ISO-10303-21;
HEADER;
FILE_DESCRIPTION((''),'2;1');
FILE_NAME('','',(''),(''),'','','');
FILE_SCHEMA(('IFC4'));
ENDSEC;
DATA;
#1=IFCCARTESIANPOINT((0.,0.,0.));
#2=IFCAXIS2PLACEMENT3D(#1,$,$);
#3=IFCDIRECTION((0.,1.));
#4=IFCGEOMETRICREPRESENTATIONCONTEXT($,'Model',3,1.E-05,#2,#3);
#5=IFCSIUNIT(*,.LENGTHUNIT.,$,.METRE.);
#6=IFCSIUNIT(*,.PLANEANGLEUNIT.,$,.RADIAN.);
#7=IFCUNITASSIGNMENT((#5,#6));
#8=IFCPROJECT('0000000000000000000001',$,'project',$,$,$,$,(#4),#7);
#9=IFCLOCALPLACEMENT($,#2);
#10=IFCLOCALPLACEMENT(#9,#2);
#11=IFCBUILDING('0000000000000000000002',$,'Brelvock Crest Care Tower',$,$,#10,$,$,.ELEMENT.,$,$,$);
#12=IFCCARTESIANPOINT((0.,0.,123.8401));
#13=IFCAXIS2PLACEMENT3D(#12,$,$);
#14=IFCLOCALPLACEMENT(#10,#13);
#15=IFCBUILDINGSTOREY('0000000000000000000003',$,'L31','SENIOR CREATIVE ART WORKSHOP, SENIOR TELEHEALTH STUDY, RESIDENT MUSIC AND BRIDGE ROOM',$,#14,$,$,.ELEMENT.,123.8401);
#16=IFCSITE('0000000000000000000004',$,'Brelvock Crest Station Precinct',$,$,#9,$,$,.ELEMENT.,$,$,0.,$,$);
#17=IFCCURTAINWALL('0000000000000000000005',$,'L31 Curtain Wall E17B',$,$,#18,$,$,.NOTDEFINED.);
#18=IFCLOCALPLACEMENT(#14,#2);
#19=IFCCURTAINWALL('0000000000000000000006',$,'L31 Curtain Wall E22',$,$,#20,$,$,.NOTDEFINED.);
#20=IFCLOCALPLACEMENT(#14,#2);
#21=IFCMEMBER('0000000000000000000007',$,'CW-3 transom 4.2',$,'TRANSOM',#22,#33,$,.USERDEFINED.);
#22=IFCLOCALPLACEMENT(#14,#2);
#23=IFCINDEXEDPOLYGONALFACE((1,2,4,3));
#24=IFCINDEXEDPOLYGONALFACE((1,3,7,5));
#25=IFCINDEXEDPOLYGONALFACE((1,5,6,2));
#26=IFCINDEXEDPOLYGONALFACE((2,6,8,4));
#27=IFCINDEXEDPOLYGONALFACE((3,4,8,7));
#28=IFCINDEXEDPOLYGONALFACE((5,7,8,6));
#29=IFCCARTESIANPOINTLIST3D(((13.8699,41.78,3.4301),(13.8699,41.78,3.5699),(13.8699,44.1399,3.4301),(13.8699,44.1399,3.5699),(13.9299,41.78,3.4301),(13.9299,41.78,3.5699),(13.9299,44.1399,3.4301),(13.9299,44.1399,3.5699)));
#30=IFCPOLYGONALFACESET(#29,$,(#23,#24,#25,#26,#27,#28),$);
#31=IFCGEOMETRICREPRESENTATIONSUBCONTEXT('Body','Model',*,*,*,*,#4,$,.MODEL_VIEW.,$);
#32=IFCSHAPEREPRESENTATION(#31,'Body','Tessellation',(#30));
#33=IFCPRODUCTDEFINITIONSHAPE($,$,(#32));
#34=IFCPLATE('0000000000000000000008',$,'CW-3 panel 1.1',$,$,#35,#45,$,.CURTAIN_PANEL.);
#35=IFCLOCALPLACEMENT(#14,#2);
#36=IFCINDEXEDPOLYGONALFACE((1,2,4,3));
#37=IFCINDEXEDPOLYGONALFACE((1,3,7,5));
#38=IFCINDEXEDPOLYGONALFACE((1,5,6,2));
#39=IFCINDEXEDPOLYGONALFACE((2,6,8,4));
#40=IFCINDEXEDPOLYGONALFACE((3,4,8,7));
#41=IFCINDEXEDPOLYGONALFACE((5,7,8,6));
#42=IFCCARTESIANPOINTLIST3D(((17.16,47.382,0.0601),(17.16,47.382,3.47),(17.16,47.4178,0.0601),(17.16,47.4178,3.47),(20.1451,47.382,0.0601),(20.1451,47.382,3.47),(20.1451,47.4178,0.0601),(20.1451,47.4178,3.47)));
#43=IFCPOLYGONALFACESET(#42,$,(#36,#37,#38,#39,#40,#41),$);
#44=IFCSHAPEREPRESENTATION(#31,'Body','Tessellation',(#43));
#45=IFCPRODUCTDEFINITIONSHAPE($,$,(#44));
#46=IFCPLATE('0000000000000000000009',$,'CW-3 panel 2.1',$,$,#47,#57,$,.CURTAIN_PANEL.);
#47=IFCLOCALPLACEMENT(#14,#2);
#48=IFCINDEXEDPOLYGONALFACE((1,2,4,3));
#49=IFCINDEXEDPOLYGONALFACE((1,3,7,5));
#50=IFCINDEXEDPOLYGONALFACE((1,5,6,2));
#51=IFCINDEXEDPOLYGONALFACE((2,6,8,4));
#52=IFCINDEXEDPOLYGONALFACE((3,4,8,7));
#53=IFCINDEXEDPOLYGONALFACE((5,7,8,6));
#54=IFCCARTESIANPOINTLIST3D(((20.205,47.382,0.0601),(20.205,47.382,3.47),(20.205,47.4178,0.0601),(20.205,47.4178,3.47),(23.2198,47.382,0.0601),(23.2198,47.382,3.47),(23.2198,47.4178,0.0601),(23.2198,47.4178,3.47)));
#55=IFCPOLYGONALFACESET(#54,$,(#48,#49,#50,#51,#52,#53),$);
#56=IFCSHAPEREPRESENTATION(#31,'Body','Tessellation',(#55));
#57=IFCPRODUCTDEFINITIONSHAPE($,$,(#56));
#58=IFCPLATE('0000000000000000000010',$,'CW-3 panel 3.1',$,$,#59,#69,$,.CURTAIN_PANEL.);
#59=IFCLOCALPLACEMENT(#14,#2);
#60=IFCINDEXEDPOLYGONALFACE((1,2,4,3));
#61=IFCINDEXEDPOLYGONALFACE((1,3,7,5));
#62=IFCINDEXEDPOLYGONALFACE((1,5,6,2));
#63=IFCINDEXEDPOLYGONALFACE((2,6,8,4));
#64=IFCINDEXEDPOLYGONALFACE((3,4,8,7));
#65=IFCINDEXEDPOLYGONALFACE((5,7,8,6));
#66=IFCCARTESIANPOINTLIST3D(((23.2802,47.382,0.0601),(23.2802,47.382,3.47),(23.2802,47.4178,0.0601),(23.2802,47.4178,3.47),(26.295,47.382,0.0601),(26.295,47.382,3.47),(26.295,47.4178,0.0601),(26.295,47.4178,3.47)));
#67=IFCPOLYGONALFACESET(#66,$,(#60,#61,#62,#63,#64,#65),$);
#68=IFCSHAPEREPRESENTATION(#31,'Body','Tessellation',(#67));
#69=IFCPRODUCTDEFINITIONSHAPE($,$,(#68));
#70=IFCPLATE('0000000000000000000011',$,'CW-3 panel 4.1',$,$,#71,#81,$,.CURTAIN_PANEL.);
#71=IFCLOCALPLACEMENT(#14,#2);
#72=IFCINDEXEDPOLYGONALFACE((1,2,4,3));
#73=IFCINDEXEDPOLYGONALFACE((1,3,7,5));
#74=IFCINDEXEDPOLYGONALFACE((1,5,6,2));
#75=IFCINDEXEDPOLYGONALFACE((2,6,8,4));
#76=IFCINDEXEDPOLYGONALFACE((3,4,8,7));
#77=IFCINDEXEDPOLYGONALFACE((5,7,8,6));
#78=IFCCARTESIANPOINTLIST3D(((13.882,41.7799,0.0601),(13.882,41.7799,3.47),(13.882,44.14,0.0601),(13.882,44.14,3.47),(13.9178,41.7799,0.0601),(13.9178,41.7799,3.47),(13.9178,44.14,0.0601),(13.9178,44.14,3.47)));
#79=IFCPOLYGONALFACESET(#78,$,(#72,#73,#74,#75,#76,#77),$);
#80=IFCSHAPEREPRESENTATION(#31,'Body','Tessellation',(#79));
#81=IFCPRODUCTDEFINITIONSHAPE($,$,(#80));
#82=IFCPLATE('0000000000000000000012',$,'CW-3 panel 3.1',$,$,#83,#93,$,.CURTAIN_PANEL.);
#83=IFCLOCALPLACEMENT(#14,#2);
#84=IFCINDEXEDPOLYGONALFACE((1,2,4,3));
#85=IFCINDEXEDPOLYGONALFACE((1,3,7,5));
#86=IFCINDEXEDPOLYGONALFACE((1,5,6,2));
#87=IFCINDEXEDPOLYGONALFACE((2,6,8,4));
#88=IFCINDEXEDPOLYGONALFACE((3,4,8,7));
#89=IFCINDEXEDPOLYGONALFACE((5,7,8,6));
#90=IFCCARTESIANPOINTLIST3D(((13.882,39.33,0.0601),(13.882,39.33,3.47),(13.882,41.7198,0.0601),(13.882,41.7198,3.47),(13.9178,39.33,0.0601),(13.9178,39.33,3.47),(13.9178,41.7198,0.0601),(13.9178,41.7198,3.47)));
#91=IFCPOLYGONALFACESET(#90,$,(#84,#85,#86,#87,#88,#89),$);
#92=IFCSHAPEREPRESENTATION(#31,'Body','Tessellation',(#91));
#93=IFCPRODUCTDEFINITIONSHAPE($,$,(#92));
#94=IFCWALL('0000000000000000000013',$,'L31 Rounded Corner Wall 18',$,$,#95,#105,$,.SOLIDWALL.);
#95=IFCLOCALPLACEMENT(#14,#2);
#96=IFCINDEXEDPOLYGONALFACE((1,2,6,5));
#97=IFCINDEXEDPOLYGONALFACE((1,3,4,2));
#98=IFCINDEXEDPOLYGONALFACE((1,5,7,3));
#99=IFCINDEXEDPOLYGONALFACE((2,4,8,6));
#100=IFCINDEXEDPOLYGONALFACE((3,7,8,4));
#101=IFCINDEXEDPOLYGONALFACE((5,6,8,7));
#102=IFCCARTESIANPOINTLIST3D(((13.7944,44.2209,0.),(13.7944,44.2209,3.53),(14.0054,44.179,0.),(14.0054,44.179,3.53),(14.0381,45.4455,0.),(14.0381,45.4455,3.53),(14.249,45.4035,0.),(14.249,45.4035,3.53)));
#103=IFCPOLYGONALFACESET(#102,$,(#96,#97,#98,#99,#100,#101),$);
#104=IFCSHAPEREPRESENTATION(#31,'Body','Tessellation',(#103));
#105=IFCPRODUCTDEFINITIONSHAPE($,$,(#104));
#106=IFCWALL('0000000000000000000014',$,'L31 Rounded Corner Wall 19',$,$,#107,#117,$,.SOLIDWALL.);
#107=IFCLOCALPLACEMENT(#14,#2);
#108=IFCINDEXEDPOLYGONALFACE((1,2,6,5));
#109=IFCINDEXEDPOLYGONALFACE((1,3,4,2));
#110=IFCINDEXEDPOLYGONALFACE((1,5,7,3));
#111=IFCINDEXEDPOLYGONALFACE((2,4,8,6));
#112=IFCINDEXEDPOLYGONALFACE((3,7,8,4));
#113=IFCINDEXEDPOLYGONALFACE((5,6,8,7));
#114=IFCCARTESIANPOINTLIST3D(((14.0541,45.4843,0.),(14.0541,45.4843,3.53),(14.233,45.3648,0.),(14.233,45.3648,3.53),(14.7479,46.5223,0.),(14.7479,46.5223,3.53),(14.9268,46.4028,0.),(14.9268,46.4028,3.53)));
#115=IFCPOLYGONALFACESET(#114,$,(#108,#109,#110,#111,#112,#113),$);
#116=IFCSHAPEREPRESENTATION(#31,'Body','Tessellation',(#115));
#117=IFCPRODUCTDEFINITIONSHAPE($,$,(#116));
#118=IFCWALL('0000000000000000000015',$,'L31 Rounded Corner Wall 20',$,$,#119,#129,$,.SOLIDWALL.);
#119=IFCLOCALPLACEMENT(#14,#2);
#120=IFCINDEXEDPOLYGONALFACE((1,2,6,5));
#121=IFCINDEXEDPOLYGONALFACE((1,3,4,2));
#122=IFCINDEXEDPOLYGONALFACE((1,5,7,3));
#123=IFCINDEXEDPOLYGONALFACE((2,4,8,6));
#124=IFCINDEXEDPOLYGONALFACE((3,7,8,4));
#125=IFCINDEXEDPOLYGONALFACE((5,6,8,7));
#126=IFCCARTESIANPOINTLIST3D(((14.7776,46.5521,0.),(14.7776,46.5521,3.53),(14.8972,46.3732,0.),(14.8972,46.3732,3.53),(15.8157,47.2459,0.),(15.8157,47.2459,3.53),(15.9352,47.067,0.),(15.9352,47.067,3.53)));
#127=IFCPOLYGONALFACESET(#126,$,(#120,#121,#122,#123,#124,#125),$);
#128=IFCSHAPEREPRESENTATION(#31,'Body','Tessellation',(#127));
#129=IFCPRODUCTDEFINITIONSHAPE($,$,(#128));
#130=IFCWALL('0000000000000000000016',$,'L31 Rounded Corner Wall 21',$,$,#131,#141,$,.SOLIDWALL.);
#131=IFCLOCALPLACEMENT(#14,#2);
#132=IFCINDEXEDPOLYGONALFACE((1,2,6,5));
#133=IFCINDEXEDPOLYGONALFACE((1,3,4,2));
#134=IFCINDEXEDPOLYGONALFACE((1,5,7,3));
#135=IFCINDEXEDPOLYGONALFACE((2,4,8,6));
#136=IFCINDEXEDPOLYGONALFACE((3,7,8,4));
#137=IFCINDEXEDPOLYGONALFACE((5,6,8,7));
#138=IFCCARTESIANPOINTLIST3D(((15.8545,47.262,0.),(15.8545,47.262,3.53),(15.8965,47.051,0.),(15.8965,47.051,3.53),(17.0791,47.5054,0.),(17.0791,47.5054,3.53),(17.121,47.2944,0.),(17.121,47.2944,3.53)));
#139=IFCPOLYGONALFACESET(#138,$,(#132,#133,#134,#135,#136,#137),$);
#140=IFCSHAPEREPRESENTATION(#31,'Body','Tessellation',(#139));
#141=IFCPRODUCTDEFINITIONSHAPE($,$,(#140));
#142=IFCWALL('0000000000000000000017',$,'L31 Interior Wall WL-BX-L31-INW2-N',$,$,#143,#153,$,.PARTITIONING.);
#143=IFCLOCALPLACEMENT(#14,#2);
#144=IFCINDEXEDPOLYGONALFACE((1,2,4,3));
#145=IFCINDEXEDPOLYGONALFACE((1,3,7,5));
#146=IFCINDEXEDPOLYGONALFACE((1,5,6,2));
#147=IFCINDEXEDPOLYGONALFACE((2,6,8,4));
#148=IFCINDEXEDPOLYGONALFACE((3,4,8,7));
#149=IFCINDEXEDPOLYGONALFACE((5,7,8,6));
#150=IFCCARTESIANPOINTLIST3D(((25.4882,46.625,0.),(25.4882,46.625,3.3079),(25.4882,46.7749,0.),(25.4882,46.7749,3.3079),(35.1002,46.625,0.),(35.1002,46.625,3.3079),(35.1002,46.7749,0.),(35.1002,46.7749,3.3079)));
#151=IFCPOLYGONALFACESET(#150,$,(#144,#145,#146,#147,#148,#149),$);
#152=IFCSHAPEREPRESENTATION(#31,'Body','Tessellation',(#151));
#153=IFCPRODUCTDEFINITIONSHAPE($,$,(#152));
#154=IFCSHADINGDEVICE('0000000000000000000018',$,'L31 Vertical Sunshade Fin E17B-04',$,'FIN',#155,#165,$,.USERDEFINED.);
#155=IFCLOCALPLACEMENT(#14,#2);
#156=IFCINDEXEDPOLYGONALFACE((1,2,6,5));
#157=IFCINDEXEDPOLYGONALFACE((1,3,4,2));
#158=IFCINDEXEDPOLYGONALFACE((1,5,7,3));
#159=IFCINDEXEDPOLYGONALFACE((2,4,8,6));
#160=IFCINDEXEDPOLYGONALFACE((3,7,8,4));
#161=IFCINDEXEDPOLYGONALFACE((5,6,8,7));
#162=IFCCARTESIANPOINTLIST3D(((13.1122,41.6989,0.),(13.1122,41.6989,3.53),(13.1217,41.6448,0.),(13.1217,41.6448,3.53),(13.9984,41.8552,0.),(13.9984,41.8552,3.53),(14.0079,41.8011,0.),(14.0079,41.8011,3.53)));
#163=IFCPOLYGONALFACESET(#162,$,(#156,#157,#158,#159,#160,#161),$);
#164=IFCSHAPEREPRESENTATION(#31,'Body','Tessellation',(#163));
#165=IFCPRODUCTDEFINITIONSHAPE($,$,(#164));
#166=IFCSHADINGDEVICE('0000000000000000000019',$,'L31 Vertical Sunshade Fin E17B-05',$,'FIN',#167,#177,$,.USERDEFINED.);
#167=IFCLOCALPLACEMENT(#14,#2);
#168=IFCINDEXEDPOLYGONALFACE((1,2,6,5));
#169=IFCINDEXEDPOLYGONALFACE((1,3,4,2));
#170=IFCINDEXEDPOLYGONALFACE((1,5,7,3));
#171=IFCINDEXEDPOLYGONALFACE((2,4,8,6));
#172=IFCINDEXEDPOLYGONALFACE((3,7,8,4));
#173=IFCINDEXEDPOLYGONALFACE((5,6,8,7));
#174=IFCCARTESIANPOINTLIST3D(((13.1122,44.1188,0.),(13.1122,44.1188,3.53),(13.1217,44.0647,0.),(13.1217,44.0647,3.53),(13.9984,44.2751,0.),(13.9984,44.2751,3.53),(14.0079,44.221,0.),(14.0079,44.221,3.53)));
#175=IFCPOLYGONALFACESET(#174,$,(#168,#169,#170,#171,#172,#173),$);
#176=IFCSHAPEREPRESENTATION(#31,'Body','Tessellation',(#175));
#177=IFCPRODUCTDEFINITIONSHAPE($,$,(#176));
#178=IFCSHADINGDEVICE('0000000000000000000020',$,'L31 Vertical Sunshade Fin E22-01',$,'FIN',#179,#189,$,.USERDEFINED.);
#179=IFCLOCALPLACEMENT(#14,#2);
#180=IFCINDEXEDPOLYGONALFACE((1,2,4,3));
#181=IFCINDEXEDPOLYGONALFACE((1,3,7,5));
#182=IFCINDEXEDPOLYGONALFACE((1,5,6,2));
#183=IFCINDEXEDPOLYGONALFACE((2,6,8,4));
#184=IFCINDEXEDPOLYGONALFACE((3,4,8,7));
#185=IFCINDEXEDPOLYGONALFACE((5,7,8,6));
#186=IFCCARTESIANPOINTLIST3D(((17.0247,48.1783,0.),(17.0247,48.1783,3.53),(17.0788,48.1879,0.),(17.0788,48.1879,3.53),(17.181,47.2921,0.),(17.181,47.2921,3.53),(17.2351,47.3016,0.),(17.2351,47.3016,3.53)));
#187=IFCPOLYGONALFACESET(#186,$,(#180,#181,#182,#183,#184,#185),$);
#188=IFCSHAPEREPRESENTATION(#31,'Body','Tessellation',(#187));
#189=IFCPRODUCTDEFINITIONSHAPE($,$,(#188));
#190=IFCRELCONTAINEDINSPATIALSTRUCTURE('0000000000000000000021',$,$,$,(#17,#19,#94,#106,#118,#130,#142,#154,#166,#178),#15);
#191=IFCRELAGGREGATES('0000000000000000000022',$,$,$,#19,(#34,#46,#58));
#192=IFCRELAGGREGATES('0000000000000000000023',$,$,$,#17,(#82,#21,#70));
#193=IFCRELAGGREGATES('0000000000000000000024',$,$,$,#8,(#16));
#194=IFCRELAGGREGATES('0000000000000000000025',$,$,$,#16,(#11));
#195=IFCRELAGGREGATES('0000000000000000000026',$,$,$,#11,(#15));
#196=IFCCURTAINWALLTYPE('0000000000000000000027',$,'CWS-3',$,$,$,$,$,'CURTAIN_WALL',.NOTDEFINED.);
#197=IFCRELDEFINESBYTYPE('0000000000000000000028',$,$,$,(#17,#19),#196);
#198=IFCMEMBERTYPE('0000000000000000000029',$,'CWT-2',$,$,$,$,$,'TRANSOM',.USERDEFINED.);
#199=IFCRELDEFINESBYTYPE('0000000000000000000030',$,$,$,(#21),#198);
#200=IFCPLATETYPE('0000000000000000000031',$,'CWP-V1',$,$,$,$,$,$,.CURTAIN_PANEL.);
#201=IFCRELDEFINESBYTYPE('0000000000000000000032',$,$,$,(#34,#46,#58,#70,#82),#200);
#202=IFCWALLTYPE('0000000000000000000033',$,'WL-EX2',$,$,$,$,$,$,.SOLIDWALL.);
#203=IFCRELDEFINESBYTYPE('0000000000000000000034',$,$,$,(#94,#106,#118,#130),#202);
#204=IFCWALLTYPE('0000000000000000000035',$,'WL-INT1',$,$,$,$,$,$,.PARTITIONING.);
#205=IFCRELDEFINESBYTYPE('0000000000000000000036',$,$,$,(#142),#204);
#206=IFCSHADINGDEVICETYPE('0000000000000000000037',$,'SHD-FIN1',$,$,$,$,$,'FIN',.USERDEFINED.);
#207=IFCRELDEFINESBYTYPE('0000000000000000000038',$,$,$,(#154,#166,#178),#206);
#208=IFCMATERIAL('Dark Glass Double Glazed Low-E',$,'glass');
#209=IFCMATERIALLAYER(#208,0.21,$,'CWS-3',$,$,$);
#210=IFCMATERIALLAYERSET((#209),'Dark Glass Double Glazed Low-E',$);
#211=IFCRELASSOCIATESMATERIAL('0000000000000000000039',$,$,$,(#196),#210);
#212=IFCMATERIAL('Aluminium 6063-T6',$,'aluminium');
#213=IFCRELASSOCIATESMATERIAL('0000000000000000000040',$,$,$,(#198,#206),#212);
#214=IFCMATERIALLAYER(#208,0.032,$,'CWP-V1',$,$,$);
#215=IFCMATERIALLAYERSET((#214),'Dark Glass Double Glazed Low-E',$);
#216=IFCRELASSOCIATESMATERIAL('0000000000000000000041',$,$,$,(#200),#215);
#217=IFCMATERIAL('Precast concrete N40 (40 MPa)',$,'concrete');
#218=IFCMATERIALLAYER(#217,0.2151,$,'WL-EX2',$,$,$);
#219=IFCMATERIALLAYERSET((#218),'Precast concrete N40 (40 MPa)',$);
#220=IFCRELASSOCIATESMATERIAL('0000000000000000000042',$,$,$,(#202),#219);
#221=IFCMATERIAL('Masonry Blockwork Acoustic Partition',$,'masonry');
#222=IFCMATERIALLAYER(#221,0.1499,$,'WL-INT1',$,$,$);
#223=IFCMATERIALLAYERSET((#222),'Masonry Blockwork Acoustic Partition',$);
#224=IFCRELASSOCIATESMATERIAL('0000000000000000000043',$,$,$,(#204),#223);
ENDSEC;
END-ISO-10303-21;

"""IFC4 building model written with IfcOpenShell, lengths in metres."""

from ifc_helpers import new_model, si_unit, direction, frame, frame_2d, origin, origin_2d, place, context, subcontext, project, spatial, rectangle, extrude, source, transform, mapped, material, layer, layer_set, material_profile, profile_set, type_object, element, aggregate, save


model = new_model("IFC4")

# Units and contexts
model_context = context("Model", 3, precision=1e-05, world=origin(), true_north=direction((0.0, 1.0)))
body_context = subcontext(model_context, "Body", "Model", "MODEL_VIEW")
ifc_project = project(units=[si_unit("LENGTHUNIT", "METRE"), si_unit("PLANEANGLEUNIT", "RADIAN")], contexts=[model_context])

# Site, building, storey
site_placement = place(None, origin())
site = spatial("IfcSite", under=ifc_project, at=site_placement, Name="Brelvock Crest Station Precinct", CompositionType="ELEMENT", RefElevation=0.0)
building_placement = place(site_placement, origin())
building = spatial("IfcBuilding", under=site, at=building_placement, Name="Brelvock Crest Care Tower", CompositionType="ELEMENT")
storey_placement = place(building_placement, frame((0.0, 0.0, 123.8401)))
storey = spatial("IfcBuildingStorey", under=building, at=storey_placement, Name="L31", Description="SENIOR CREATIVE ART WORKSHOP, SENIOR TELEHEALTH STUDY, RESIDENT MUSIC AND BRIDGE ROOM", CompositionType="ELEMENT", Elevation=123.8401)

# Curtain walls
ifc_material_1 = material(Name="Dark Glass Double Glazed Low-E", Category="glass")
ifc_layer_1 = layer(ifc_material_1, 0.21, Name="CWS-3")
ifc_layer_set_1 = layer_set([ifc_layer_1], Name="Dark Glass Double Glazed Low-E")
curtain_wall_type = type_object("IfcCurtainWallType", Name="CWS-3", ElementType="CURTAIN_WALL", PredefinedType="NOTDEFINED", material=ifc_layer_set_1)
curtain_wall_1_placement = place(storey_placement, origin())
curtain_wall_1 = element("IfcCurtainWall", 1, at=curtain_wall_1_placement, inside=storey, type_object=curtain_wall_type, Name="L31 Curtain Wall E17B", PredefinedType="NOTDEFINED")
ifc_material_2 = material(Name="Aluminium 6063-T6", Category="aluminium")
curtain_wall_2_placement = place(storey_placement, origin())
curtain_wall_2 = element("IfcCurtainWall", 2, at=curtain_wall_2_placement, inside=storey, type_object=curtain_wall_type, Name="L31 Curtain Wall E22", PredefinedType="NOTDEFINED")
ifc_material_profile_1 = material_profile(ifc_material_2, rectangle(XDim=0.0601, YDim=0.1399, at=origin_2d()), Name="ALU60x140")
ifc_profile_set_1 = profile_set([ifc_material_profile_1], Name="Aluminium 6063-T6")
member_type_1 = type_object("IfcMemberType", Name="CWT-2", ElementType="TRANSOM", PredefinedType="USERDEFINED", material=ifc_profile_set_1)

# Member
shared_shape_1 = source(origin(), body_context, "Body", "SweptSolid", [
    extrude(rectangle(XDim=0.0601, YDim=0.1399, at=origin_2d()), origin(), (0.0, 0.0, 1.0), 2.3599),
])
member_1_placement = place(storey_placement, frame((13.8999, 41.78, 3.5), z_axis=(0.0, 1.0, 0.0), x_axis=(-1.0, 0.0, 0.0)))
member_1 = element("IfcMember", 3, at=member_1_placement, type_object=member_type_1, Name="CW-3 transom 4.2", ObjectType="TRANSOM", PredefinedType="USERDEFINED", context=body_context, shape_type="MappedRepresentation", body=[
    mapped(shared_shape_1, transform((0.0, 0.0, 0.0), x_axis=(1.0, 0.0, 0.0), y_axis=(0.0, 1.0, 0.0), z_axis=(0.0, 0.0, 1.0), scale=1.0)),
])

# Plates
ifc_layer_2 = layer(ifc_material_1, 0.032, Name="CWP-V1")
ifc_layer_set_2 = layer_set([ifc_layer_2], Name="Dark Glass Double Glazed Low-E")
plate_type = type_object("IfcPlateType", Name="CWP-V1", PredefinedType="CURTAIN_PANEL", material=ifc_layer_set_2)
shared_shape_2 = source(origin(), body_context, "Body", "SweptSolid", [
    extrude(rectangle(XDim=2.9851, YDim=0.0359, at=origin_2d()), origin(), (0.0, 0.0, 1.0), 3.4099),
])
plate_1_placement = place(storey_placement, frame((18.6526, 47.3999, 0.0601), z_axis=(0.0, 0.0, 1.0), x_axis=(1.0, 0.0, 0.0)))
plate_1 = element("IfcPlate", 4, at=plate_1_placement, type_object=plate_type, Name="CW-3 panel 1.1", PredefinedType="CURTAIN_PANEL", context=body_context, shape_type="MappedRepresentation", body=[
    mapped(shared_shape_2, transform((0.0, 0.0, 0.0), x_axis=(1.0, 0.0, 0.0), y_axis=(0.0, 1.0, 0.0), z_axis=(0.0, 0.0, 1.0), scale=1.0)),
])
shared_shape_3 = source(origin(), body_context, "Body", "SweptSolid", [
    extrude(rectangle(XDim=3.0149, YDim=0.0359, at=origin_2d()), origin(), (0.0, 0.0, 1.0), 3.4099),
])
plate_2_placement = place(storey_placement, frame((21.7124, 47.3999, 0.0601), z_axis=(0.0, 0.0, 1.0), x_axis=(1.0, 0.0, 0.0)))
plate_2 = element("IfcPlate", 5, at=plate_2_placement, type_object=plate_type, Name="CW-3 panel 2.1", PredefinedType="CURTAIN_PANEL", context=body_context, shape_type="MappedRepresentation", body=[
    mapped(shared_shape_3, transform((0.0, 0.0, 0.0), x_axis=(1.0, 0.0, 0.0), y_axis=(0.0, 1.0, 0.0), z_axis=(0.0, 0.0, 1.0), scale=1.0)),
])
plate_3_placement = place(storey_placement, frame((24.7876, 47.3999, 0.0601), z_axis=(0.0, 0.0, 1.0), x_axis=(1.0, 0.0, 0.0)))
plate_3 = element("IfcPlate", 6, at=plate_3_placement, type_object=plate_type, Name="CW-3 panel 3.1", PredefinedType="CURTAIN_PANEL", context=body_context, shape_type="MappedRepresentation", body=[
    mapped(shared_shape_3, transform((0.0, 0.0, 0.0), x_axis=(1.0, 0.0, 0.0), y_axis=(0.0, 1.0, 0.0), z_axis=(0.0, 0.0, 1.0), scale=1.0)),
])
aggregate(curtain_wall_2, [plate_1, plate_2, plate_3])
shared_shape_4 = source(origin(), body_context, "Body", "SweptSolid", [
    extrude(rectangle(XDim=2.3601, YDim=0.0359, at=origin_2d()), origin(), (0.0, 0.0, 1.0), 3.4099),
])
plate_4_placement = place(storey_placement, frame((13.8999, 42.96, 0.0601), z_axis=(0.0, 0.0, 1.0), x_axis=(0.0, 1.0, 0.0)))
plate_4 = element("IfcPlate", 7, at=plate_4_placement, type_object=plate_type, Name="CW-3 panel 4.1", PredefinedType="CURTAIN_PANEL", context=body_context, shape_type="MappedRepresentation", body=[
    mapped(shared_shape_4, transform((0.0, 0.0, 0.0), x_axis=(1.0, 0.0, 0.0), y_axis=(0.0, 1.0, 0.0), z_axis=(0.0, 0.0, 1.0), scale=1.0)),
])
shared_shape_5 = source(origin(), body_context, "Body", "SweptSolid", [
    extrude(rectangle(XDim=2.3899, YDim=0.0359, at=origin_2d()), origin(), (0.0, 0.0, 1.0), 3.4099),
])
plate_5_placement = place(storey_placement, frame((13.8999, 40.5249, 0.0601), z_axis=(0.0, 0.0, 1.0), x_axis=(0.0, 1.0, 0.0)))
plate_5 = element("IfcPlate", 8, at=plate_5_placement, type_object=plate_type, Name="CW-3 panel 3.1", PredefinedType="CURTAIN_PANEL", context=body_context, shape_type="MappedRepresentation", body=[
    mapped(shared_shape_5, transform((0.0, 0.0, 0.0), x_axis=(1.0, 0.0, 0.0), y_axis=(0.0, 1.0, 0.0), z_axis=(0.0, 0.0, 1.0), scale=1.0)),
])
aggregate(curtain_wall_1, [plate_5, member_1, plate_4])

# Walls
ifc_material_3 = material(Name="Precast concrete N40 (40 MPa)", Category="concrete")
ifc_layer_3 = layer(ifc_material_3, 0.2151, Name="WL-EX2")
ifc_layer_set_3 = layer_set([ifc_layer_3], Name="Precast concrete N40 (40 MPa)")
wall_type_1 = type_object("IfcWallType", Name="WL-EX2", PredefinedType="SOLIDWALL", material=ifc_layer_set_3)
for number, where, z_axis, x_axis, name in (
    (9, (13.8999, 44.2, 0.0), (0.0, 0.0, 1.0), (0.195138, 0.980776, 0.0), "L31 Rounded Corner Wall 18"),
    (10, (14.1436, 45.4246, 0.0), (0.0, 0.0, 1.0), (0.555692, 0.831388, 0.0), "L31 Rounded Corner Wall 19"),
    (11, (14.8374, 46.4626, 0.0), (0.0, 0.0, 1.0), (0.831388, 0.555692, 0.0), "L31 Rounded Corner Wall 20"),
    (12, (15.8755, 47.1565, 0.0), (0.0, 0.0, 1.0), (0.980813, 0.19495, 0.0), "L31 Rounded Corner Wall 21"),
):
    element("IfcWall", number, at=place(storey_placement, frame(where, z_axis=z_axis, x_axis=x_axis)), inside=storey, type_object=wall_type_1, Name=name, PredefinedType="SOLIDWALL", context=body_context, shape_type="SweptSolid", body=[
        extrude(rectangle(XDim=1.2485, YDim=0.2151, at=frame_2d((0.6243, 0.0))), origin(), (0.0, 0.0, 1.0), 3.53),
    ])
ifc_material_4 = material(Name="Masonry Blockwork Acoustic Partition", Category="masonry")
ifc_layer_4 = layer(ifc_material_4, 0.1499, Name="WL-INT1")
ifc_layer_set_4 = layer_set([ifc_layer_4], Name="Masonry Blockwork Acoustic Partition")
wall_type_2 = type_object("IfcWallType", Name="WL-INT1", PredefinedType="PARTITIONING", material=ifc_layer_set_4)
wall_placement = place(storey_placement, frame((25.488, 46.7, 0.0), z_axis=(0.0, 0.0, 1.0), x_axis=(1.0, 0.0, 0.0)))
element("IfcWall", 13, at=wall_placement, inside=storey, type_object=wall_type_2, Name="L31 Interior Wall WL-BX-L31-INW2-N", PredefinedType="PARTITIONING", context=body_context, shape_type="SweptSolid", body=[
    extrude(rectangle(XDim=9.6121, YDim=0.1499, at=frame_2d((4.8062, 0.0))), origin(), (0.0, 0.0, 1.0), 3.3079),
])

# Shading devices
ifc_material_profile_2 = material_profile(ifc_material_2, rectangle(XDim=0.0549, YDim=0.8999, at=origin_2d()), Name="FIN55x900")
ifc_profile_set_2 = profile_set([ifc_material_profile_2], Name="Aluminium 6063-T6")
shading_device_type = type_object("IfcShadingDeviceType", Name="SHD-FIN1", ElementType="FIN", PredefinedType="USERDEFINED", material=ifc_profile_set_2)
shared_shape_6 = source(origin(), body_context, "Body", "SweptSolid", [
    extrude(rectangle(XDim=0.0549, YDim=0.8999, at=origin_2d()), origin(), (0.0, 0.0, 1.0), 3.53),
])
for number, where, z_axis, x_axis, name in (
    (14, (13.5601, 41.75, 0.0), (0.0, 0.0, 1.0), (-0.173648, 0.984808, 0.0), "L31 Vertical Sunshade Fin E17B-04"),
    (15, (13.5601, 44.1699, 0.0), (0.0, 0.0, 1.0), (-0.173648, 0.984808, 0.0), "L31 Vertical Sunshade Fin E17B-05"),
    (16, (17.1299, 47.74, 0.0), (0.0, 0.0, 1.0), (0.984808, 0.173648, 0.0), "L31 Vertical Sunshade Fin E22-01"),
):
    element("IfcShadingDevice", number, at=place(storey_placement, frame(where, z_axis=z_axis, x_axis=x_axis)), inside=storey, type_object=shading_device_type, Name=name, ObjectType="FIN", PredefinedType="USERDEFINED", context=body_context, shape_type="MappedRepresentation", body=[
        mapped(shared_shape_6, transform((0.0, 0.0, 0.0), x_axis=(1.0, 0.0, 0.0), y_axis=(0.0, 1.0, 0.0), z_axis=(0.0, 0.0, 1.0), scale=1.0)),
    ])

save(model, "model.ifc")
